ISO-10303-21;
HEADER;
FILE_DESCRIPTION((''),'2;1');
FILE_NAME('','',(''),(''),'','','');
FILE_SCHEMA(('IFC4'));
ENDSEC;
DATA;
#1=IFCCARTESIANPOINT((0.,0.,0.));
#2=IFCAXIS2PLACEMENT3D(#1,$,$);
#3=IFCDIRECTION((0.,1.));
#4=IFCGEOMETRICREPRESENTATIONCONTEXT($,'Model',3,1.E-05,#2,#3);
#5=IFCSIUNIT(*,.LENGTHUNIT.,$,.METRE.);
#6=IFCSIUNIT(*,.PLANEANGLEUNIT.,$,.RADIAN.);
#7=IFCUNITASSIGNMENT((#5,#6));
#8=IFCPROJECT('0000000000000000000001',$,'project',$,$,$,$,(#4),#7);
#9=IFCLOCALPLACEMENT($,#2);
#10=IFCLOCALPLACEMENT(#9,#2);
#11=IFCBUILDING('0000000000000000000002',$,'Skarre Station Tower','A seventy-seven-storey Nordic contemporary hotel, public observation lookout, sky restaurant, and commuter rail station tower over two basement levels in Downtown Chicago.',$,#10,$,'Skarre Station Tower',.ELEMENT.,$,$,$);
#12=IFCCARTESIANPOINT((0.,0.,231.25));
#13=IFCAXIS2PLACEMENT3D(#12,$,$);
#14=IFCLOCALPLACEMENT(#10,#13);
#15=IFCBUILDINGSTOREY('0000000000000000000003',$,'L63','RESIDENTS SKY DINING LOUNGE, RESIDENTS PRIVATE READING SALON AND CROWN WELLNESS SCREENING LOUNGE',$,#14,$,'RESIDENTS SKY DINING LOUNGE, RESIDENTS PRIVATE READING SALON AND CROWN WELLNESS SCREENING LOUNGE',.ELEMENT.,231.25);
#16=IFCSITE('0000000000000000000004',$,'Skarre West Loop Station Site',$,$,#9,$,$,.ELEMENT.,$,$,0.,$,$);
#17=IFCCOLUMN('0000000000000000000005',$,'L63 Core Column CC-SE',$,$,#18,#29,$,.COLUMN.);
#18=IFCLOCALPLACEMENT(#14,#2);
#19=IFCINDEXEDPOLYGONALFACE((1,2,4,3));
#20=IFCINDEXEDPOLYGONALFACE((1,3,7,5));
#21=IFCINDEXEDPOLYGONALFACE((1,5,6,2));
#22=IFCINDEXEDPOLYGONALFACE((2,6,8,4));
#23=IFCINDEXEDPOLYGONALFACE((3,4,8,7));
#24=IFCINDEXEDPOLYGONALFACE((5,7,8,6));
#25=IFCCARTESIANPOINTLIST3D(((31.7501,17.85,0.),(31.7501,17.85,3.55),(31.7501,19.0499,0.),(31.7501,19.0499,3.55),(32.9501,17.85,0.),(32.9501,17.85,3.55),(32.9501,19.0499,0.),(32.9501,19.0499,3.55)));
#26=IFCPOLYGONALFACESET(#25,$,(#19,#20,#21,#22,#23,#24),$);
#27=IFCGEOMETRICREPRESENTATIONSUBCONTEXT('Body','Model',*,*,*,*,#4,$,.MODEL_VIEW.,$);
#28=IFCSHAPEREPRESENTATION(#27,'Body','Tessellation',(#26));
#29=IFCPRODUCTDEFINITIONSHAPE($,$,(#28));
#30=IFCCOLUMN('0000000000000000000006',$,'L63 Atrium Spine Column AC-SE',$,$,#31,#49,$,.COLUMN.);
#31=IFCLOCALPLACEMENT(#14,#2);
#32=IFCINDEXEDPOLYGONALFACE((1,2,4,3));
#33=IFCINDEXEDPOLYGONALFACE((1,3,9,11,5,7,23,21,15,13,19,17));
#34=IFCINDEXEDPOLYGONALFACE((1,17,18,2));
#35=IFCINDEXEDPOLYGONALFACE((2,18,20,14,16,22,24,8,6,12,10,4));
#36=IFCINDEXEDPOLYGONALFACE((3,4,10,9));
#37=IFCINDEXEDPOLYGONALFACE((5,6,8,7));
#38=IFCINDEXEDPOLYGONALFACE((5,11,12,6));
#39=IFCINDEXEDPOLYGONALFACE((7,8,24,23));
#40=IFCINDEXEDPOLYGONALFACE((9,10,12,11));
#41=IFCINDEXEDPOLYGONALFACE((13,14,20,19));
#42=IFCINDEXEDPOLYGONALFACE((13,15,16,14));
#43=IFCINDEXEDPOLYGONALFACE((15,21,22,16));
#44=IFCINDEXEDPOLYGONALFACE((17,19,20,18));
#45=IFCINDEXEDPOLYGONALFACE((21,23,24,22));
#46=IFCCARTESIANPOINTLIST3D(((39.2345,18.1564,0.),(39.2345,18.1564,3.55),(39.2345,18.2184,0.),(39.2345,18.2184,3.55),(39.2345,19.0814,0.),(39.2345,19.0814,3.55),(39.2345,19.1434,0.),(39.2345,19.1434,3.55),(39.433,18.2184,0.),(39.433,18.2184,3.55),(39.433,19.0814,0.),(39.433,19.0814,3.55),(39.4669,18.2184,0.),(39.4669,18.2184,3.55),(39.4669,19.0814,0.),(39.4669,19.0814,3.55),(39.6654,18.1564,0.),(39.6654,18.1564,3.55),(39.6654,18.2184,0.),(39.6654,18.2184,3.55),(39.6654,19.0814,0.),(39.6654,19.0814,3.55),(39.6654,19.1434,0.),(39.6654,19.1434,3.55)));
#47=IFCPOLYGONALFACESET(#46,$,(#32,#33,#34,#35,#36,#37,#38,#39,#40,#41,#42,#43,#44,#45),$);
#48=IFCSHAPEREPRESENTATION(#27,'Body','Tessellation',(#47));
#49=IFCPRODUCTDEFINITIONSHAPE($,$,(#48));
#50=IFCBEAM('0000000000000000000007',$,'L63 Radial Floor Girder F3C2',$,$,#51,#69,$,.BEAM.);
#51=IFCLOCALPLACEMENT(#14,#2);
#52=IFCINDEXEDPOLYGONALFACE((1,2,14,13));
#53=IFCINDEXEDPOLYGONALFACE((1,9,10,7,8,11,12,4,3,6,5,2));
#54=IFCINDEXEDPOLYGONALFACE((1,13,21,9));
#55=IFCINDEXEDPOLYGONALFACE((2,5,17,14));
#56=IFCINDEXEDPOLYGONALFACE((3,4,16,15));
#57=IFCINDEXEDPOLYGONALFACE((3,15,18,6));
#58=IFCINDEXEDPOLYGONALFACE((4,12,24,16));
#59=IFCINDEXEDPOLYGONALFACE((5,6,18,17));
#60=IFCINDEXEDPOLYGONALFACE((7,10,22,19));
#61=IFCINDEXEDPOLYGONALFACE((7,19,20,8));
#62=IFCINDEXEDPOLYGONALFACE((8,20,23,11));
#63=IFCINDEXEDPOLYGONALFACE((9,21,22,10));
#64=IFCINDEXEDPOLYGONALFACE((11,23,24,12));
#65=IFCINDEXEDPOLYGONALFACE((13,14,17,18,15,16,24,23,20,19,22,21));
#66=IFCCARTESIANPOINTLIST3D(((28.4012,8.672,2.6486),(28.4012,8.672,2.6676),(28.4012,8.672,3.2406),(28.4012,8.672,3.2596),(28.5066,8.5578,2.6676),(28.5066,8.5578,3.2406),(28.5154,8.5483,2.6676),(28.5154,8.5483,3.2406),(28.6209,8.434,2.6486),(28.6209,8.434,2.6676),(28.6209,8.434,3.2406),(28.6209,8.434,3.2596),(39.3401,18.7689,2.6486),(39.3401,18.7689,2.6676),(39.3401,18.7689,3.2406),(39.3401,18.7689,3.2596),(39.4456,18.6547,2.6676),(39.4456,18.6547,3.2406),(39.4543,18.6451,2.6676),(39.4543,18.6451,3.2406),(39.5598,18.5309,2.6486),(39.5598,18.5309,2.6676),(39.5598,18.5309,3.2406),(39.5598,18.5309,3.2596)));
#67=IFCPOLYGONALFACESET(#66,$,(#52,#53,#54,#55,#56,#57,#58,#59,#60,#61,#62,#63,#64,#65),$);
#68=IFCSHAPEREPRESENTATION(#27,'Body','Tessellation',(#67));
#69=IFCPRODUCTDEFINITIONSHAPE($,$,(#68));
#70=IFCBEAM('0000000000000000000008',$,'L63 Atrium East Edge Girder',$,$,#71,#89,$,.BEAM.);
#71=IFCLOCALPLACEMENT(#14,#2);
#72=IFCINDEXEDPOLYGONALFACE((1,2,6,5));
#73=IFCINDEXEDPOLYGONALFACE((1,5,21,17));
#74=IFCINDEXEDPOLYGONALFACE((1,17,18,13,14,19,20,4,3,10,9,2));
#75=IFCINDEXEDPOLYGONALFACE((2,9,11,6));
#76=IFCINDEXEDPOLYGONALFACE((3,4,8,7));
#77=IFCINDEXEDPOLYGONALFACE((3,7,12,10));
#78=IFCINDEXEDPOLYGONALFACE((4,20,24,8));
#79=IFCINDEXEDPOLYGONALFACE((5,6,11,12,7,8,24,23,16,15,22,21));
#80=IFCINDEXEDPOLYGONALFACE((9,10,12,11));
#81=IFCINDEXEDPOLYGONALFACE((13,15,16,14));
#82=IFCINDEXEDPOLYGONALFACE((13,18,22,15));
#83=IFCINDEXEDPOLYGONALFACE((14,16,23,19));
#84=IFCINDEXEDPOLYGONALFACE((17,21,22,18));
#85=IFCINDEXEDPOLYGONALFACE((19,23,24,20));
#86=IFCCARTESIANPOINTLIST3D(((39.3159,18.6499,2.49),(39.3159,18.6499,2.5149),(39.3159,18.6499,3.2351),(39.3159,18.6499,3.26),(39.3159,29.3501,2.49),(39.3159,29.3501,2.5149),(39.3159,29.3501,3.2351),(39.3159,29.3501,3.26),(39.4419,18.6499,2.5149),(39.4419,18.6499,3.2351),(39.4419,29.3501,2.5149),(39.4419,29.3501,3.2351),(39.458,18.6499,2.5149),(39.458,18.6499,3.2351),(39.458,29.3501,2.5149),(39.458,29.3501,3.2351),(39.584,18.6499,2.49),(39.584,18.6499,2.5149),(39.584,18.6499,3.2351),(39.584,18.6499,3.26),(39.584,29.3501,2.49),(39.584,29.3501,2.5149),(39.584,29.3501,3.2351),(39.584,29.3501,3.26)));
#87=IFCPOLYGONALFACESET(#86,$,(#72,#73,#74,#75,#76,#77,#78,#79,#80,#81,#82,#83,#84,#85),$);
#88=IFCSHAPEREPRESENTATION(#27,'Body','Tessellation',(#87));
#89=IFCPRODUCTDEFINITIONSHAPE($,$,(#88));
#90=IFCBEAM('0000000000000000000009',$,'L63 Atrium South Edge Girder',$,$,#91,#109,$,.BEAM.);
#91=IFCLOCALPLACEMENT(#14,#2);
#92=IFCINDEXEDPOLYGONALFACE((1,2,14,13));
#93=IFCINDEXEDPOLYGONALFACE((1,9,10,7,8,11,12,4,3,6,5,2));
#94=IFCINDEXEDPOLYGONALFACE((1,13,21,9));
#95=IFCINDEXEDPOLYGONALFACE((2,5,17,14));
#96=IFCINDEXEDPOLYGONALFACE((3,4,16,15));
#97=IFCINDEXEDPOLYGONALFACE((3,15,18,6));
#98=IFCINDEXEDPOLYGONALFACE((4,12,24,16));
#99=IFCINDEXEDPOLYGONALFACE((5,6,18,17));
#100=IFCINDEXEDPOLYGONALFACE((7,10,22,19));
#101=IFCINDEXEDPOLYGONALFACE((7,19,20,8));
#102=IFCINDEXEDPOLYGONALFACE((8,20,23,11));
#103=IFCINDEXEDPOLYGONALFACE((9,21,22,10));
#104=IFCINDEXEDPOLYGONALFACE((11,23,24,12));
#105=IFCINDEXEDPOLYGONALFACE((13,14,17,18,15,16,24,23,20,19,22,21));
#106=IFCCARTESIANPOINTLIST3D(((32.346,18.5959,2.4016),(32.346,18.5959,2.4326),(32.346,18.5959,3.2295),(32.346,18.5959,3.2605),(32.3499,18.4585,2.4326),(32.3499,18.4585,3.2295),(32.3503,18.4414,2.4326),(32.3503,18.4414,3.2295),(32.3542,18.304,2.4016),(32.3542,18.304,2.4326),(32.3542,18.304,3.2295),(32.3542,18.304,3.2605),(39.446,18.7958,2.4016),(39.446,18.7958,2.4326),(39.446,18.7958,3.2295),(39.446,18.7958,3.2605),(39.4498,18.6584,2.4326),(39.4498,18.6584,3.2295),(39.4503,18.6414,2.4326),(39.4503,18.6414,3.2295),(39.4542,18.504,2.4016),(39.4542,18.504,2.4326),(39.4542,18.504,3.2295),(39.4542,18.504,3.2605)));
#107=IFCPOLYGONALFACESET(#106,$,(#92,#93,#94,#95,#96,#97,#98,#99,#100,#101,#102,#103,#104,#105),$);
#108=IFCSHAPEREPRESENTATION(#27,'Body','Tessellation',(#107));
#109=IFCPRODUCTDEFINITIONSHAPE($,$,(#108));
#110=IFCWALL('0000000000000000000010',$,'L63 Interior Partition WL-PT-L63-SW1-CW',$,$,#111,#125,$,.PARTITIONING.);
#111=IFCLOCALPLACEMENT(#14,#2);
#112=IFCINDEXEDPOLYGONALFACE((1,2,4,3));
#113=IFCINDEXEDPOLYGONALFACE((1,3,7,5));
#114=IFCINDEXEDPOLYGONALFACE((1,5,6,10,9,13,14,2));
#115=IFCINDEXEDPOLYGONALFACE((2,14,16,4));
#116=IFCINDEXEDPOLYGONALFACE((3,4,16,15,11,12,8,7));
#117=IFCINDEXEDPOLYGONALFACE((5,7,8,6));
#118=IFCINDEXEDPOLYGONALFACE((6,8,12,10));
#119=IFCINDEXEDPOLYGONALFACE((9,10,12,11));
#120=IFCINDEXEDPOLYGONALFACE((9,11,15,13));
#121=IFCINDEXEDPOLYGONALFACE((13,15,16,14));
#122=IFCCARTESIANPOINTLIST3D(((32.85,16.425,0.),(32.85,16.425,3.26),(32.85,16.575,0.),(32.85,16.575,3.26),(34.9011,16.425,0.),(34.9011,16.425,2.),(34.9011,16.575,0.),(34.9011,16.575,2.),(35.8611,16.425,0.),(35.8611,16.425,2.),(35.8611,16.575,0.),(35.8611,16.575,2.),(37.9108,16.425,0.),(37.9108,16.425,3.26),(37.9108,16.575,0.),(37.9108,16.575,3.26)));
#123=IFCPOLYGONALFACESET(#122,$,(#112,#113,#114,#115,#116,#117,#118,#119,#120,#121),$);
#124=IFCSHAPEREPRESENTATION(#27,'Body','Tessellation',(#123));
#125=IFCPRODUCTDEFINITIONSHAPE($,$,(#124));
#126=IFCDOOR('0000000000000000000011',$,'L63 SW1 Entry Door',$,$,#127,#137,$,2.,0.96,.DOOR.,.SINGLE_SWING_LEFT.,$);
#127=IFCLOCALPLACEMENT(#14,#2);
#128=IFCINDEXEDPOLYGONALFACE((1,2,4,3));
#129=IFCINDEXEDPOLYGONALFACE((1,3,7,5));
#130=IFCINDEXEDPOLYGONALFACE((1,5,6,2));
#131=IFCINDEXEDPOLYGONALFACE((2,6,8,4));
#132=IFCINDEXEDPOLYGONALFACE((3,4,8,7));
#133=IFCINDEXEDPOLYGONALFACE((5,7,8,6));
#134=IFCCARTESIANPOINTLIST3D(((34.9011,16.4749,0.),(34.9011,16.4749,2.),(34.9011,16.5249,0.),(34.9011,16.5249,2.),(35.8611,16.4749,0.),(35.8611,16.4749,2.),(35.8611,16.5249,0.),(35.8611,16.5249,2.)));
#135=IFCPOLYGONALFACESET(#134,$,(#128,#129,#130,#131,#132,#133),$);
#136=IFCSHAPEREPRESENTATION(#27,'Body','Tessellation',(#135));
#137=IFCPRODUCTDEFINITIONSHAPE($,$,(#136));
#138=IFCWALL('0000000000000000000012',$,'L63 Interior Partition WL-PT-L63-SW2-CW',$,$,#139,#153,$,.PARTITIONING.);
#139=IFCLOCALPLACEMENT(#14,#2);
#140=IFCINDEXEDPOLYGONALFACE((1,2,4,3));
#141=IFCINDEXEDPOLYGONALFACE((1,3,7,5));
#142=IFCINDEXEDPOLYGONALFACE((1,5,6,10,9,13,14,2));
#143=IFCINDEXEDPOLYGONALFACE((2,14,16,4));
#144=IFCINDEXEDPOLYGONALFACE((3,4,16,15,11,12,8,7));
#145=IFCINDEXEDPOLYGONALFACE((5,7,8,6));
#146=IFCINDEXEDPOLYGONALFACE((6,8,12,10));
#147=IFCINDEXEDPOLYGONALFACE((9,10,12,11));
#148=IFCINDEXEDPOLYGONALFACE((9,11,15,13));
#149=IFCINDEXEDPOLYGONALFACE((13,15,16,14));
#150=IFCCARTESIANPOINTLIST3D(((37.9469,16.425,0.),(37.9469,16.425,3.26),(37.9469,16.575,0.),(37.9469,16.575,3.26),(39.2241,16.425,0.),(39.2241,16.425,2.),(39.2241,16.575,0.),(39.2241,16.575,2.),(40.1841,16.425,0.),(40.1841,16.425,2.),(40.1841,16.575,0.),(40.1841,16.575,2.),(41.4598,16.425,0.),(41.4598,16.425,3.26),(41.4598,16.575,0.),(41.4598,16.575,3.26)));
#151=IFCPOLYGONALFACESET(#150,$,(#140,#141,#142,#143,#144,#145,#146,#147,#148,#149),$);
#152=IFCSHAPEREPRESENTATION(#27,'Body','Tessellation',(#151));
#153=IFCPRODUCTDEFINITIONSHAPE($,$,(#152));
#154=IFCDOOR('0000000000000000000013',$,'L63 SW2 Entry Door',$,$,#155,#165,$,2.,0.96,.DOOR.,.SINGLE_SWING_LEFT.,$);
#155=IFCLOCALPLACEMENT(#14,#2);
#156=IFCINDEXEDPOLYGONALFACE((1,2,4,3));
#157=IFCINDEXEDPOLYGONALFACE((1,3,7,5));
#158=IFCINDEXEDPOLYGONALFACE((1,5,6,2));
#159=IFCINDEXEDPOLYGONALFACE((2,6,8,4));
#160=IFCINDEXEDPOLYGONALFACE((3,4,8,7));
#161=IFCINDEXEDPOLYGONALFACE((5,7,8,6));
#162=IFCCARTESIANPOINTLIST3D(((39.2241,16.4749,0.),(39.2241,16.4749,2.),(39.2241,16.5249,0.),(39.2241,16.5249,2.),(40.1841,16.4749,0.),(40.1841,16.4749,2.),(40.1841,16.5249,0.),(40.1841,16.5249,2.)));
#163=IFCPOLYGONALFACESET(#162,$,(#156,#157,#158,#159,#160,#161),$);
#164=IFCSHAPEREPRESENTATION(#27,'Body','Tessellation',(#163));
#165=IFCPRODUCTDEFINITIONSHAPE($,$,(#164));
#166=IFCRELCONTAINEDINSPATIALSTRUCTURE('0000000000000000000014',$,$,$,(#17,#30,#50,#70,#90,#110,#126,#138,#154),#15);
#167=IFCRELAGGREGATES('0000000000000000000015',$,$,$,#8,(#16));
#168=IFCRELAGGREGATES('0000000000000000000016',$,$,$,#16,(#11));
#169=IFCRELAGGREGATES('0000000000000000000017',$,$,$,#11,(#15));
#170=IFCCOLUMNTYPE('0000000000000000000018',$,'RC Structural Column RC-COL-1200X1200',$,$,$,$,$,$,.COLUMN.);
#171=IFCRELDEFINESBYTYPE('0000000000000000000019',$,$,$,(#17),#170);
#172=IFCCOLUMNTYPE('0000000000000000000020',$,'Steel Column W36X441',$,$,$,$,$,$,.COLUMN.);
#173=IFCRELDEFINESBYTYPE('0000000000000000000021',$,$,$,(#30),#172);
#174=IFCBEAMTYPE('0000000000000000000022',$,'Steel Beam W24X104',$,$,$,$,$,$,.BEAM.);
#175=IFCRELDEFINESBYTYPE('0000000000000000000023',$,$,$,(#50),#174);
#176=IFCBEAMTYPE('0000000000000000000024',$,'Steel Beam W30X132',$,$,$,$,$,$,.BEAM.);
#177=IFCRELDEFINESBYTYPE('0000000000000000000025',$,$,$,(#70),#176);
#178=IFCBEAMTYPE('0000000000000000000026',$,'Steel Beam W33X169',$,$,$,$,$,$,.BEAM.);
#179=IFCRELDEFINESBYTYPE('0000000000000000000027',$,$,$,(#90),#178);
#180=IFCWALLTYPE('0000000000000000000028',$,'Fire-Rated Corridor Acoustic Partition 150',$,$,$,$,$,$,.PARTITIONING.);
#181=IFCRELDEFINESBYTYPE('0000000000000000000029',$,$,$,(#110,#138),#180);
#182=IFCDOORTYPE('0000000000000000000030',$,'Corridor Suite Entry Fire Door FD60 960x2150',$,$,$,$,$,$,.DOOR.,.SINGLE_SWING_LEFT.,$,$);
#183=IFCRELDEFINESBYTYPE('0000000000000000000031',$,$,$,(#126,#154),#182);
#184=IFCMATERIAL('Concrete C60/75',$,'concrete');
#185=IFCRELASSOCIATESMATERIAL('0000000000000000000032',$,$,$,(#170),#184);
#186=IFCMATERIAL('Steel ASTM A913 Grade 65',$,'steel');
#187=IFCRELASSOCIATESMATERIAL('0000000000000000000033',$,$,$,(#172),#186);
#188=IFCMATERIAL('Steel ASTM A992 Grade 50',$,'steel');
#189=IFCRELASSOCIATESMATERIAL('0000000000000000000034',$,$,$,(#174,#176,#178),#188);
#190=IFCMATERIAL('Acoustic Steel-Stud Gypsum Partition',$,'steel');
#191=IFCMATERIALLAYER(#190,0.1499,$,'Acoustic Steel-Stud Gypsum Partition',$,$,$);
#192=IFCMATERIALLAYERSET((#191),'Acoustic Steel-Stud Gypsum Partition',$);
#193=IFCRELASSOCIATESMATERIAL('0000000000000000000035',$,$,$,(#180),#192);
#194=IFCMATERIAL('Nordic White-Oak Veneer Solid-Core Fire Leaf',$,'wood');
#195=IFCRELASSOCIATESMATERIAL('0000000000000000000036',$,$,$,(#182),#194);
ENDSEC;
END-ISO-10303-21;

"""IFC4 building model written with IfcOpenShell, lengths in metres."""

from ifc_helpers import new_model, si_unit, direction, frame, frame_2d, origin, origin_2d, place, context, subcontext, project, spatial, rectangle, i_section, extrude, material, layer, layer_set, material_profile, profile_set, type_object, element, fill, save


model = new_model("IFC4")

# Units and contexts
model_context = context("Model", 3, precision=1e-05, world=origin(), true_north=direction((0.0, 1.0)))
body_context = subcontext(model_context, "Body", "Model", "MODEL_VIEW")
ifc_project = project(units=[si_unit("LENGTHUNIT", "METRE"), si_unit("PLANEANGLEUNIT", "RADIAN")], contexts=[model_context])

# Site, building, storey
site_placement = place(None, origin())
site = spatial("IfcSite", under=ifc_project, at=site_placement, Name="Skarre West Loop Station Site", CompositionType="ELEMENT", RefElevation=0.0)
building_placement = place(site_placement, origin())
building = spatial("IfcBuilding", under=site, at=building_placement, Name="Skarre Station Tower", Description="A seventy-seven-storey Nordic contemporary hotel, public observation lookout, sky restaurant, and commuter rail station tower over two basement levels in Downtown Chicago.", LongName="Skarre Station Tower", CompositionType="ELEMENT")
storey_placement = place(building_placement, frame((0.0, 0.0, 231.25)))
storey = spatial("IfcBuildingStorey", under=building, at=storey_placement, Name="L63", Description="RESIDENTS SKY DINING LOUNGE, RESIDENTS PRIVATE READING SALON AND CROWN WELLNESS SCREENING LOUNGE", LongName="RESIDENTS SKY DINING LOUNGE, RESIDENTS PRIVATE READING SALON AND CROWN WELLNESS SCREENING LOUNGE", CompositionType="ELEMENT", Elevation=231.25)

# Columns
ifc_material_1 = material(Name="Concrete C60/75", Category="concrete")
ifc_material_profile_1 = material_profile(ifc_material_1, rectangle(XDim=1.2, YDim=1.2, at=origin_2d()), Name="Concrete C60/75")
ifc_profile_set_1 = profile_set([ifc_material_profile_1], Name="Concrete C60/75")
column_type_1 = type_object("IfcColumnType", Name="RC Structural Column RC-COL-1200X1200", PredefinedType="COLUMN", material=ifc_profile_set_1)
column_1_placement = place(storey_placement, frame((32.3501, 18.45, 0.0), z_axis=(0.0, 0.0, 1.0), x_axis=(1.0, 0.0, 0.0)))
element("IfcColumn", 1, at=column_1_placement, inside=storey, type_object=column_type_1, Name="L63 Core Column CC-SE", PredefinedType="COLUMN", context=body_context, shape_type="SweptSolid", body=[
    extrude(rectangle(XDim=1.2, YDim=1.2, at=origin_2d()), origin(), (0.0, 0.0, 1.0), 3.55),
])
ifc_material_2 = material(Name="Steel ASTM A913 Grade 65", Category="steel")
ifc_material_profile_2 = material_profile(ifc_material_2, i_section(OverallWidth=0.4309, OverallDepth=0.9871, WebThickness=0.0339, FlangeThickness=0.062, at=origin_2d()), Name="Steel ASTM A913 Grade 65")
ifc_profile_set_2 = profile_set([ifc_material_profile_2], Name="Steel ASTM A913 Grade 65")
column_type_2 = type_object("IfcColumnType", Name="Steel Column W36X441", PredefinedType="COLUMN", material=ifc_profile_set_2)
column_2_placement = place(storey_placement, frame((39.45, 18.6499, 0.0), z_axis=(0.0, 0.0, 1.0), x_axis=(1.0, 0.0, 0.0)))
element("IfcColumn", 2, at=column_2_placement, inside=storey, type_object=column_type_2, Name="L63 Atrium Spine Column AC-SE", PredefinedType="COLUMN", context=body_context, shape_type="SweptSolid", body=[
    extrude(i_section(OverallWidth=0.4309, OverallDepth=0.9871, WebThickness=0.0339, FlangeThickness=0.062, at=origin_2d()), origin(), (0.0, 0.0, 1.0), 3.55),
])

# Beams
ifc_material_3 = material(Name="Steel ASTM A992 Grade 50", Category="steel")
ifc_material_profile_3 = material_profile(ifc_material_3, i_section(OverallWidth=0.324, OverallDepth=0.6111, WebThickness=0.0129, FlangeThickness=0.019, at=origin_2d()), Name="Steel ASTM A992 Grade 50")
ifc_profile_set_3 = profile_set([ifc_material_profile_3], Name="Steel ASTM A992 Grade 50")
beam_type_1 = type_object("IfcBeamType", Name="Steel Beam W24X104", PredefinedType="BEAM", material=ifc_profile_set_3)
beam_1_placement = place(storey_placement, frame((39.45, 18.6499, 2.9541), z_axis=(-0.734823, -0.678259, 0.0), x_axis=(0.678259, -0.734823, 0.0)))
element("IfcBeam", 3, at=beam_1_placement, inside=storey, type_object=beam_type_1, Name="L63 Radial Floor Girder F3C2", PredefinedType="BEAM", context=body_context, shape_type="SweptSolid", body=[
    extrude(i_section(OverallWidth=0.324, OverallDepth=0.6111, WebThickness=0.0129, FlangeThickness=0.019, at=origin_2d()), origin(), (0.0, 0.0, 1.0), 14.8865),
])
ifc_material_profile_4 = material_profile(ifc_material_3, i_section(OverallWidth=0.2681, OverallDepth=0.77, WebThickness=0.0161, FlangeThickness=0.0249, at=origin_2d()), Name="Steel ASTM A992 Grade 50")
ifc_profile_set_4 = profile_set([ifc_material_profile_4], Name="Steel ASTM A992 Grade 50")
beam_type_2 = type_object("IfcBeamType", Name="Steel Beam W30X132", PredefinedType="BEAM", material=ifc_profile_set_4)
beam_2_placement = place(storey_placement, frame((39.45, 18.6499, 2.875), z_axis=(0.0, 1.0, 0.0), x_axis=(-1.0, 0.0, 0.0)))
element("IfcBeam", 4, at=beam_2_placement, inside=storey, type_object=beam_type_2, Name="L63 Atrium East Edge Girder", PredefinedType="BEAM", context=body_context, shape_type="SweptSolid", body=[
    extrude(i_section(OverallWidth=0.2681, OverallDepth=0.77, WebThickness=0.0161, FlangeThickness=0.0249, at=origin_2d()), origin(), (0.0, 0.0, 1.0), 10.7002),
])
ifc_material_profile_5 = material_profile(ifc_material_3, i_section(OverallWidth=0.292, OverallDepth=0.8589, WebThickness=0.0171, FlangeThickness=0.031, at=origin_2d()), Name="Steel ASTM A992 Grade 50")
ifc_profile_set_5 = profile_set([ifc_material_profile_5], Name="Steel ASTM A992 Grade 50")
beam_type_3 = type_object("IfcBeamType", Name="Steel Beam W33X169", PredefinedType="BEAM", material=ifc_profile_set_5)
beam_3_placement = place(storey_placement, frame((32.3501, 18.45, 2.8311), z_axis=(0.999604, 0.028152, 0.0), x_axis=(-0.028152, 0.999604, 0.0)))
element("IfcBeam", 5, at=beam_3_placement, inside=storey, type_object=beam_type_3, Name="L63 Atrium South Edge Girder", PredefinedType="BEAM", context=body_context, shape_type="SweptSolid", body=[
    extrude(i_section(OverallWidth=0.292, OverallDepth=0.8589, WebThickness=0.0171, FlangeThickness=0.031, at=origin_2d()), origin(), (0.0, 0.0, 1.0), 7.1028),
])

# Walls, openings, doors
ifc_material_4 = material(Name="Acoustic Steel-Stud Gypsum Partition", Category="steel")
ifc_layer_1 = layer(ifc_material_4, 0.1499, Name="Acoustic Steel-Stud Gypsum Partition")
ifc_layer_set_1 = layer_set([ifc_layer_1], Name="Acoustic Steel-Stud Gypsum Partition")
wall_type_1 = type_object("IfcWallType", Name="Fire-Rated Corridor Acoustic Partition 150", PredefinedType="PARTITIONING", material=ifc_layer_set_1)
wall_1_placement = place(storey_placement, frame((32.8501, 16.5, 0.0), z_axis=(0.0, 0.0, 1.0), x_axis=(1.0, 0.0, 0.0)))
wall_1 = element("IfcWall", 6, at=wall_1_placement, inside=storey, type_object=wall_type_1, Name="L63 Interior Partition WL-PT-L63-SW1-CW", PredefinedType="PARTITIONING", context=body_context, shape_type="SweptSolid", body=[
    extrude(rectangle(XDim=5.0608, YDim=0.1499, at=frame_2d((2.5303, 0.0))), origin(), (0.0, 0.0, 1.0), 3.26),
])
opening_1_placement = place(wall_1_placement, frame((2.051, 0.0, 0.0)))
opening_1 = element("IfcOpeningElement", 7, at=opening_1_placement, cuts=wall_1, PredefinedType="OPENING", context=body_context, shape_type="SweptSolid", body=[
    extrude(rectangle(XDim=0.96, YDim=2.0, at=frame_2d((0.48, 1.0))), frame((0.0, 0.085, 0.0), z_axis=(0.0, -1.0, 0.0), x_axis=(1.0, 0.0, 0.0)), (0.0, 0.0, 1.0), 0.1699),
])
ifc_material_5 = material(Name="Nordic White-Oak Veneer Solid-Core Fire Leaf", Category="wood")
door_type_1 = type_object("IfcDoorType", Name="Corridor Suite Entry Fire Door FD60 960x2150", OperationType="SINGLE_SWING_LEFT", PredefinedType="DOOR", material=ifc_material_5)
door_1_placement = place(opening_1_placement, origin())
door_1 = element("IfcDoor", 8, at=door_1_placement, inside=storey, type_object=door_type_1, Name="L63 SW1 Entry Door", OperationType="SINGLE_SWING_LEFT", OverallHeight=2.0, OverallWidth=0.96, PredefinedType="DOOR", context=body_context, shape_type="SweptSolid", body=[
    extrude(rectangle(XDim=0.96, YDim=2.0, at=frame_2d((0.48, 1.0))), frame((0.0, 0.0249, 0.0), z_axis=(0.0, -1.0, 0.0), x_axis=(1.0, 0.0, 0.0)), (0.0, 0.0, 1.0), 0.05),
])
fill(opening_1, door_1)
wall_2_placement = place(storey_placement, frame((37.947, 16.5, 0.0), z_axis=(0.0, 0.0, 1.0), x_axis=(1.0, 0.0, 0.0)))
wall_2 = element("IfcWall", 9, at=wall_2_placement, inside=storey, type_object=wall_type_1, Name="L63 Interior Partition WL-PT-L63-SW2-CW", PredefinedType="PARTITIONING", context=body_context, shape_type="SweptSolid", body=[
    extrude(rectangle(XDim=3.5129, YDim=0.1499, at=frame_2d((1.7563, 0.0))), origin(), (0.0, 0.0, 1.0), 3.26),
])
opening_2_placement = place(wall_2_placement, frame((1.2771, 0.0, 0.0)))
opening_2 = element("IfcOpeningElement", 10, at=opening_2_placement, cuts=wall_2, PredefinedType="OPENING", context=body_context, shape_type="SweptSolid", body=[
    extrude(rectangle(XDim=0.96, YDim=2.0, at=frame_2d((0.48, 1.0))), frame((0.0, 0.085, 0.0), z_axis=(0.0, -1.0, 0.0), x_axis=(1.0, 0.0, 0.0)), (0.0, 0.0, 1.0), 0.1699),
])
door_2_placement = place(opening_2_placement, origin())
door_2 = element("IfcDoor", 11, at=door_2_placement, inside=storey, type_object=door_type_1, Name="L63 SW2 Entry Door", OperationType="SINGLE_SWING_LEFT", OverallHeight=2.0, OverallWidth=0.96, PredefinedType="DOOR", context=body_context, shape_type="SweptSolid", body=[
    extrude(rectangle(XDim=0.96, YDim=2.0, at=frame_2d((0.48, 1.0))), frame((0.0, 0.0249, 0.0), z_axis=(0.0, -1.0, 0.0), x_axis=(1.0, 0.0, 0.0)), (0.0, 0.0, 1.0), 0.05),
])
fill(opening_2, door_2)

save(model, "model.ifc")
